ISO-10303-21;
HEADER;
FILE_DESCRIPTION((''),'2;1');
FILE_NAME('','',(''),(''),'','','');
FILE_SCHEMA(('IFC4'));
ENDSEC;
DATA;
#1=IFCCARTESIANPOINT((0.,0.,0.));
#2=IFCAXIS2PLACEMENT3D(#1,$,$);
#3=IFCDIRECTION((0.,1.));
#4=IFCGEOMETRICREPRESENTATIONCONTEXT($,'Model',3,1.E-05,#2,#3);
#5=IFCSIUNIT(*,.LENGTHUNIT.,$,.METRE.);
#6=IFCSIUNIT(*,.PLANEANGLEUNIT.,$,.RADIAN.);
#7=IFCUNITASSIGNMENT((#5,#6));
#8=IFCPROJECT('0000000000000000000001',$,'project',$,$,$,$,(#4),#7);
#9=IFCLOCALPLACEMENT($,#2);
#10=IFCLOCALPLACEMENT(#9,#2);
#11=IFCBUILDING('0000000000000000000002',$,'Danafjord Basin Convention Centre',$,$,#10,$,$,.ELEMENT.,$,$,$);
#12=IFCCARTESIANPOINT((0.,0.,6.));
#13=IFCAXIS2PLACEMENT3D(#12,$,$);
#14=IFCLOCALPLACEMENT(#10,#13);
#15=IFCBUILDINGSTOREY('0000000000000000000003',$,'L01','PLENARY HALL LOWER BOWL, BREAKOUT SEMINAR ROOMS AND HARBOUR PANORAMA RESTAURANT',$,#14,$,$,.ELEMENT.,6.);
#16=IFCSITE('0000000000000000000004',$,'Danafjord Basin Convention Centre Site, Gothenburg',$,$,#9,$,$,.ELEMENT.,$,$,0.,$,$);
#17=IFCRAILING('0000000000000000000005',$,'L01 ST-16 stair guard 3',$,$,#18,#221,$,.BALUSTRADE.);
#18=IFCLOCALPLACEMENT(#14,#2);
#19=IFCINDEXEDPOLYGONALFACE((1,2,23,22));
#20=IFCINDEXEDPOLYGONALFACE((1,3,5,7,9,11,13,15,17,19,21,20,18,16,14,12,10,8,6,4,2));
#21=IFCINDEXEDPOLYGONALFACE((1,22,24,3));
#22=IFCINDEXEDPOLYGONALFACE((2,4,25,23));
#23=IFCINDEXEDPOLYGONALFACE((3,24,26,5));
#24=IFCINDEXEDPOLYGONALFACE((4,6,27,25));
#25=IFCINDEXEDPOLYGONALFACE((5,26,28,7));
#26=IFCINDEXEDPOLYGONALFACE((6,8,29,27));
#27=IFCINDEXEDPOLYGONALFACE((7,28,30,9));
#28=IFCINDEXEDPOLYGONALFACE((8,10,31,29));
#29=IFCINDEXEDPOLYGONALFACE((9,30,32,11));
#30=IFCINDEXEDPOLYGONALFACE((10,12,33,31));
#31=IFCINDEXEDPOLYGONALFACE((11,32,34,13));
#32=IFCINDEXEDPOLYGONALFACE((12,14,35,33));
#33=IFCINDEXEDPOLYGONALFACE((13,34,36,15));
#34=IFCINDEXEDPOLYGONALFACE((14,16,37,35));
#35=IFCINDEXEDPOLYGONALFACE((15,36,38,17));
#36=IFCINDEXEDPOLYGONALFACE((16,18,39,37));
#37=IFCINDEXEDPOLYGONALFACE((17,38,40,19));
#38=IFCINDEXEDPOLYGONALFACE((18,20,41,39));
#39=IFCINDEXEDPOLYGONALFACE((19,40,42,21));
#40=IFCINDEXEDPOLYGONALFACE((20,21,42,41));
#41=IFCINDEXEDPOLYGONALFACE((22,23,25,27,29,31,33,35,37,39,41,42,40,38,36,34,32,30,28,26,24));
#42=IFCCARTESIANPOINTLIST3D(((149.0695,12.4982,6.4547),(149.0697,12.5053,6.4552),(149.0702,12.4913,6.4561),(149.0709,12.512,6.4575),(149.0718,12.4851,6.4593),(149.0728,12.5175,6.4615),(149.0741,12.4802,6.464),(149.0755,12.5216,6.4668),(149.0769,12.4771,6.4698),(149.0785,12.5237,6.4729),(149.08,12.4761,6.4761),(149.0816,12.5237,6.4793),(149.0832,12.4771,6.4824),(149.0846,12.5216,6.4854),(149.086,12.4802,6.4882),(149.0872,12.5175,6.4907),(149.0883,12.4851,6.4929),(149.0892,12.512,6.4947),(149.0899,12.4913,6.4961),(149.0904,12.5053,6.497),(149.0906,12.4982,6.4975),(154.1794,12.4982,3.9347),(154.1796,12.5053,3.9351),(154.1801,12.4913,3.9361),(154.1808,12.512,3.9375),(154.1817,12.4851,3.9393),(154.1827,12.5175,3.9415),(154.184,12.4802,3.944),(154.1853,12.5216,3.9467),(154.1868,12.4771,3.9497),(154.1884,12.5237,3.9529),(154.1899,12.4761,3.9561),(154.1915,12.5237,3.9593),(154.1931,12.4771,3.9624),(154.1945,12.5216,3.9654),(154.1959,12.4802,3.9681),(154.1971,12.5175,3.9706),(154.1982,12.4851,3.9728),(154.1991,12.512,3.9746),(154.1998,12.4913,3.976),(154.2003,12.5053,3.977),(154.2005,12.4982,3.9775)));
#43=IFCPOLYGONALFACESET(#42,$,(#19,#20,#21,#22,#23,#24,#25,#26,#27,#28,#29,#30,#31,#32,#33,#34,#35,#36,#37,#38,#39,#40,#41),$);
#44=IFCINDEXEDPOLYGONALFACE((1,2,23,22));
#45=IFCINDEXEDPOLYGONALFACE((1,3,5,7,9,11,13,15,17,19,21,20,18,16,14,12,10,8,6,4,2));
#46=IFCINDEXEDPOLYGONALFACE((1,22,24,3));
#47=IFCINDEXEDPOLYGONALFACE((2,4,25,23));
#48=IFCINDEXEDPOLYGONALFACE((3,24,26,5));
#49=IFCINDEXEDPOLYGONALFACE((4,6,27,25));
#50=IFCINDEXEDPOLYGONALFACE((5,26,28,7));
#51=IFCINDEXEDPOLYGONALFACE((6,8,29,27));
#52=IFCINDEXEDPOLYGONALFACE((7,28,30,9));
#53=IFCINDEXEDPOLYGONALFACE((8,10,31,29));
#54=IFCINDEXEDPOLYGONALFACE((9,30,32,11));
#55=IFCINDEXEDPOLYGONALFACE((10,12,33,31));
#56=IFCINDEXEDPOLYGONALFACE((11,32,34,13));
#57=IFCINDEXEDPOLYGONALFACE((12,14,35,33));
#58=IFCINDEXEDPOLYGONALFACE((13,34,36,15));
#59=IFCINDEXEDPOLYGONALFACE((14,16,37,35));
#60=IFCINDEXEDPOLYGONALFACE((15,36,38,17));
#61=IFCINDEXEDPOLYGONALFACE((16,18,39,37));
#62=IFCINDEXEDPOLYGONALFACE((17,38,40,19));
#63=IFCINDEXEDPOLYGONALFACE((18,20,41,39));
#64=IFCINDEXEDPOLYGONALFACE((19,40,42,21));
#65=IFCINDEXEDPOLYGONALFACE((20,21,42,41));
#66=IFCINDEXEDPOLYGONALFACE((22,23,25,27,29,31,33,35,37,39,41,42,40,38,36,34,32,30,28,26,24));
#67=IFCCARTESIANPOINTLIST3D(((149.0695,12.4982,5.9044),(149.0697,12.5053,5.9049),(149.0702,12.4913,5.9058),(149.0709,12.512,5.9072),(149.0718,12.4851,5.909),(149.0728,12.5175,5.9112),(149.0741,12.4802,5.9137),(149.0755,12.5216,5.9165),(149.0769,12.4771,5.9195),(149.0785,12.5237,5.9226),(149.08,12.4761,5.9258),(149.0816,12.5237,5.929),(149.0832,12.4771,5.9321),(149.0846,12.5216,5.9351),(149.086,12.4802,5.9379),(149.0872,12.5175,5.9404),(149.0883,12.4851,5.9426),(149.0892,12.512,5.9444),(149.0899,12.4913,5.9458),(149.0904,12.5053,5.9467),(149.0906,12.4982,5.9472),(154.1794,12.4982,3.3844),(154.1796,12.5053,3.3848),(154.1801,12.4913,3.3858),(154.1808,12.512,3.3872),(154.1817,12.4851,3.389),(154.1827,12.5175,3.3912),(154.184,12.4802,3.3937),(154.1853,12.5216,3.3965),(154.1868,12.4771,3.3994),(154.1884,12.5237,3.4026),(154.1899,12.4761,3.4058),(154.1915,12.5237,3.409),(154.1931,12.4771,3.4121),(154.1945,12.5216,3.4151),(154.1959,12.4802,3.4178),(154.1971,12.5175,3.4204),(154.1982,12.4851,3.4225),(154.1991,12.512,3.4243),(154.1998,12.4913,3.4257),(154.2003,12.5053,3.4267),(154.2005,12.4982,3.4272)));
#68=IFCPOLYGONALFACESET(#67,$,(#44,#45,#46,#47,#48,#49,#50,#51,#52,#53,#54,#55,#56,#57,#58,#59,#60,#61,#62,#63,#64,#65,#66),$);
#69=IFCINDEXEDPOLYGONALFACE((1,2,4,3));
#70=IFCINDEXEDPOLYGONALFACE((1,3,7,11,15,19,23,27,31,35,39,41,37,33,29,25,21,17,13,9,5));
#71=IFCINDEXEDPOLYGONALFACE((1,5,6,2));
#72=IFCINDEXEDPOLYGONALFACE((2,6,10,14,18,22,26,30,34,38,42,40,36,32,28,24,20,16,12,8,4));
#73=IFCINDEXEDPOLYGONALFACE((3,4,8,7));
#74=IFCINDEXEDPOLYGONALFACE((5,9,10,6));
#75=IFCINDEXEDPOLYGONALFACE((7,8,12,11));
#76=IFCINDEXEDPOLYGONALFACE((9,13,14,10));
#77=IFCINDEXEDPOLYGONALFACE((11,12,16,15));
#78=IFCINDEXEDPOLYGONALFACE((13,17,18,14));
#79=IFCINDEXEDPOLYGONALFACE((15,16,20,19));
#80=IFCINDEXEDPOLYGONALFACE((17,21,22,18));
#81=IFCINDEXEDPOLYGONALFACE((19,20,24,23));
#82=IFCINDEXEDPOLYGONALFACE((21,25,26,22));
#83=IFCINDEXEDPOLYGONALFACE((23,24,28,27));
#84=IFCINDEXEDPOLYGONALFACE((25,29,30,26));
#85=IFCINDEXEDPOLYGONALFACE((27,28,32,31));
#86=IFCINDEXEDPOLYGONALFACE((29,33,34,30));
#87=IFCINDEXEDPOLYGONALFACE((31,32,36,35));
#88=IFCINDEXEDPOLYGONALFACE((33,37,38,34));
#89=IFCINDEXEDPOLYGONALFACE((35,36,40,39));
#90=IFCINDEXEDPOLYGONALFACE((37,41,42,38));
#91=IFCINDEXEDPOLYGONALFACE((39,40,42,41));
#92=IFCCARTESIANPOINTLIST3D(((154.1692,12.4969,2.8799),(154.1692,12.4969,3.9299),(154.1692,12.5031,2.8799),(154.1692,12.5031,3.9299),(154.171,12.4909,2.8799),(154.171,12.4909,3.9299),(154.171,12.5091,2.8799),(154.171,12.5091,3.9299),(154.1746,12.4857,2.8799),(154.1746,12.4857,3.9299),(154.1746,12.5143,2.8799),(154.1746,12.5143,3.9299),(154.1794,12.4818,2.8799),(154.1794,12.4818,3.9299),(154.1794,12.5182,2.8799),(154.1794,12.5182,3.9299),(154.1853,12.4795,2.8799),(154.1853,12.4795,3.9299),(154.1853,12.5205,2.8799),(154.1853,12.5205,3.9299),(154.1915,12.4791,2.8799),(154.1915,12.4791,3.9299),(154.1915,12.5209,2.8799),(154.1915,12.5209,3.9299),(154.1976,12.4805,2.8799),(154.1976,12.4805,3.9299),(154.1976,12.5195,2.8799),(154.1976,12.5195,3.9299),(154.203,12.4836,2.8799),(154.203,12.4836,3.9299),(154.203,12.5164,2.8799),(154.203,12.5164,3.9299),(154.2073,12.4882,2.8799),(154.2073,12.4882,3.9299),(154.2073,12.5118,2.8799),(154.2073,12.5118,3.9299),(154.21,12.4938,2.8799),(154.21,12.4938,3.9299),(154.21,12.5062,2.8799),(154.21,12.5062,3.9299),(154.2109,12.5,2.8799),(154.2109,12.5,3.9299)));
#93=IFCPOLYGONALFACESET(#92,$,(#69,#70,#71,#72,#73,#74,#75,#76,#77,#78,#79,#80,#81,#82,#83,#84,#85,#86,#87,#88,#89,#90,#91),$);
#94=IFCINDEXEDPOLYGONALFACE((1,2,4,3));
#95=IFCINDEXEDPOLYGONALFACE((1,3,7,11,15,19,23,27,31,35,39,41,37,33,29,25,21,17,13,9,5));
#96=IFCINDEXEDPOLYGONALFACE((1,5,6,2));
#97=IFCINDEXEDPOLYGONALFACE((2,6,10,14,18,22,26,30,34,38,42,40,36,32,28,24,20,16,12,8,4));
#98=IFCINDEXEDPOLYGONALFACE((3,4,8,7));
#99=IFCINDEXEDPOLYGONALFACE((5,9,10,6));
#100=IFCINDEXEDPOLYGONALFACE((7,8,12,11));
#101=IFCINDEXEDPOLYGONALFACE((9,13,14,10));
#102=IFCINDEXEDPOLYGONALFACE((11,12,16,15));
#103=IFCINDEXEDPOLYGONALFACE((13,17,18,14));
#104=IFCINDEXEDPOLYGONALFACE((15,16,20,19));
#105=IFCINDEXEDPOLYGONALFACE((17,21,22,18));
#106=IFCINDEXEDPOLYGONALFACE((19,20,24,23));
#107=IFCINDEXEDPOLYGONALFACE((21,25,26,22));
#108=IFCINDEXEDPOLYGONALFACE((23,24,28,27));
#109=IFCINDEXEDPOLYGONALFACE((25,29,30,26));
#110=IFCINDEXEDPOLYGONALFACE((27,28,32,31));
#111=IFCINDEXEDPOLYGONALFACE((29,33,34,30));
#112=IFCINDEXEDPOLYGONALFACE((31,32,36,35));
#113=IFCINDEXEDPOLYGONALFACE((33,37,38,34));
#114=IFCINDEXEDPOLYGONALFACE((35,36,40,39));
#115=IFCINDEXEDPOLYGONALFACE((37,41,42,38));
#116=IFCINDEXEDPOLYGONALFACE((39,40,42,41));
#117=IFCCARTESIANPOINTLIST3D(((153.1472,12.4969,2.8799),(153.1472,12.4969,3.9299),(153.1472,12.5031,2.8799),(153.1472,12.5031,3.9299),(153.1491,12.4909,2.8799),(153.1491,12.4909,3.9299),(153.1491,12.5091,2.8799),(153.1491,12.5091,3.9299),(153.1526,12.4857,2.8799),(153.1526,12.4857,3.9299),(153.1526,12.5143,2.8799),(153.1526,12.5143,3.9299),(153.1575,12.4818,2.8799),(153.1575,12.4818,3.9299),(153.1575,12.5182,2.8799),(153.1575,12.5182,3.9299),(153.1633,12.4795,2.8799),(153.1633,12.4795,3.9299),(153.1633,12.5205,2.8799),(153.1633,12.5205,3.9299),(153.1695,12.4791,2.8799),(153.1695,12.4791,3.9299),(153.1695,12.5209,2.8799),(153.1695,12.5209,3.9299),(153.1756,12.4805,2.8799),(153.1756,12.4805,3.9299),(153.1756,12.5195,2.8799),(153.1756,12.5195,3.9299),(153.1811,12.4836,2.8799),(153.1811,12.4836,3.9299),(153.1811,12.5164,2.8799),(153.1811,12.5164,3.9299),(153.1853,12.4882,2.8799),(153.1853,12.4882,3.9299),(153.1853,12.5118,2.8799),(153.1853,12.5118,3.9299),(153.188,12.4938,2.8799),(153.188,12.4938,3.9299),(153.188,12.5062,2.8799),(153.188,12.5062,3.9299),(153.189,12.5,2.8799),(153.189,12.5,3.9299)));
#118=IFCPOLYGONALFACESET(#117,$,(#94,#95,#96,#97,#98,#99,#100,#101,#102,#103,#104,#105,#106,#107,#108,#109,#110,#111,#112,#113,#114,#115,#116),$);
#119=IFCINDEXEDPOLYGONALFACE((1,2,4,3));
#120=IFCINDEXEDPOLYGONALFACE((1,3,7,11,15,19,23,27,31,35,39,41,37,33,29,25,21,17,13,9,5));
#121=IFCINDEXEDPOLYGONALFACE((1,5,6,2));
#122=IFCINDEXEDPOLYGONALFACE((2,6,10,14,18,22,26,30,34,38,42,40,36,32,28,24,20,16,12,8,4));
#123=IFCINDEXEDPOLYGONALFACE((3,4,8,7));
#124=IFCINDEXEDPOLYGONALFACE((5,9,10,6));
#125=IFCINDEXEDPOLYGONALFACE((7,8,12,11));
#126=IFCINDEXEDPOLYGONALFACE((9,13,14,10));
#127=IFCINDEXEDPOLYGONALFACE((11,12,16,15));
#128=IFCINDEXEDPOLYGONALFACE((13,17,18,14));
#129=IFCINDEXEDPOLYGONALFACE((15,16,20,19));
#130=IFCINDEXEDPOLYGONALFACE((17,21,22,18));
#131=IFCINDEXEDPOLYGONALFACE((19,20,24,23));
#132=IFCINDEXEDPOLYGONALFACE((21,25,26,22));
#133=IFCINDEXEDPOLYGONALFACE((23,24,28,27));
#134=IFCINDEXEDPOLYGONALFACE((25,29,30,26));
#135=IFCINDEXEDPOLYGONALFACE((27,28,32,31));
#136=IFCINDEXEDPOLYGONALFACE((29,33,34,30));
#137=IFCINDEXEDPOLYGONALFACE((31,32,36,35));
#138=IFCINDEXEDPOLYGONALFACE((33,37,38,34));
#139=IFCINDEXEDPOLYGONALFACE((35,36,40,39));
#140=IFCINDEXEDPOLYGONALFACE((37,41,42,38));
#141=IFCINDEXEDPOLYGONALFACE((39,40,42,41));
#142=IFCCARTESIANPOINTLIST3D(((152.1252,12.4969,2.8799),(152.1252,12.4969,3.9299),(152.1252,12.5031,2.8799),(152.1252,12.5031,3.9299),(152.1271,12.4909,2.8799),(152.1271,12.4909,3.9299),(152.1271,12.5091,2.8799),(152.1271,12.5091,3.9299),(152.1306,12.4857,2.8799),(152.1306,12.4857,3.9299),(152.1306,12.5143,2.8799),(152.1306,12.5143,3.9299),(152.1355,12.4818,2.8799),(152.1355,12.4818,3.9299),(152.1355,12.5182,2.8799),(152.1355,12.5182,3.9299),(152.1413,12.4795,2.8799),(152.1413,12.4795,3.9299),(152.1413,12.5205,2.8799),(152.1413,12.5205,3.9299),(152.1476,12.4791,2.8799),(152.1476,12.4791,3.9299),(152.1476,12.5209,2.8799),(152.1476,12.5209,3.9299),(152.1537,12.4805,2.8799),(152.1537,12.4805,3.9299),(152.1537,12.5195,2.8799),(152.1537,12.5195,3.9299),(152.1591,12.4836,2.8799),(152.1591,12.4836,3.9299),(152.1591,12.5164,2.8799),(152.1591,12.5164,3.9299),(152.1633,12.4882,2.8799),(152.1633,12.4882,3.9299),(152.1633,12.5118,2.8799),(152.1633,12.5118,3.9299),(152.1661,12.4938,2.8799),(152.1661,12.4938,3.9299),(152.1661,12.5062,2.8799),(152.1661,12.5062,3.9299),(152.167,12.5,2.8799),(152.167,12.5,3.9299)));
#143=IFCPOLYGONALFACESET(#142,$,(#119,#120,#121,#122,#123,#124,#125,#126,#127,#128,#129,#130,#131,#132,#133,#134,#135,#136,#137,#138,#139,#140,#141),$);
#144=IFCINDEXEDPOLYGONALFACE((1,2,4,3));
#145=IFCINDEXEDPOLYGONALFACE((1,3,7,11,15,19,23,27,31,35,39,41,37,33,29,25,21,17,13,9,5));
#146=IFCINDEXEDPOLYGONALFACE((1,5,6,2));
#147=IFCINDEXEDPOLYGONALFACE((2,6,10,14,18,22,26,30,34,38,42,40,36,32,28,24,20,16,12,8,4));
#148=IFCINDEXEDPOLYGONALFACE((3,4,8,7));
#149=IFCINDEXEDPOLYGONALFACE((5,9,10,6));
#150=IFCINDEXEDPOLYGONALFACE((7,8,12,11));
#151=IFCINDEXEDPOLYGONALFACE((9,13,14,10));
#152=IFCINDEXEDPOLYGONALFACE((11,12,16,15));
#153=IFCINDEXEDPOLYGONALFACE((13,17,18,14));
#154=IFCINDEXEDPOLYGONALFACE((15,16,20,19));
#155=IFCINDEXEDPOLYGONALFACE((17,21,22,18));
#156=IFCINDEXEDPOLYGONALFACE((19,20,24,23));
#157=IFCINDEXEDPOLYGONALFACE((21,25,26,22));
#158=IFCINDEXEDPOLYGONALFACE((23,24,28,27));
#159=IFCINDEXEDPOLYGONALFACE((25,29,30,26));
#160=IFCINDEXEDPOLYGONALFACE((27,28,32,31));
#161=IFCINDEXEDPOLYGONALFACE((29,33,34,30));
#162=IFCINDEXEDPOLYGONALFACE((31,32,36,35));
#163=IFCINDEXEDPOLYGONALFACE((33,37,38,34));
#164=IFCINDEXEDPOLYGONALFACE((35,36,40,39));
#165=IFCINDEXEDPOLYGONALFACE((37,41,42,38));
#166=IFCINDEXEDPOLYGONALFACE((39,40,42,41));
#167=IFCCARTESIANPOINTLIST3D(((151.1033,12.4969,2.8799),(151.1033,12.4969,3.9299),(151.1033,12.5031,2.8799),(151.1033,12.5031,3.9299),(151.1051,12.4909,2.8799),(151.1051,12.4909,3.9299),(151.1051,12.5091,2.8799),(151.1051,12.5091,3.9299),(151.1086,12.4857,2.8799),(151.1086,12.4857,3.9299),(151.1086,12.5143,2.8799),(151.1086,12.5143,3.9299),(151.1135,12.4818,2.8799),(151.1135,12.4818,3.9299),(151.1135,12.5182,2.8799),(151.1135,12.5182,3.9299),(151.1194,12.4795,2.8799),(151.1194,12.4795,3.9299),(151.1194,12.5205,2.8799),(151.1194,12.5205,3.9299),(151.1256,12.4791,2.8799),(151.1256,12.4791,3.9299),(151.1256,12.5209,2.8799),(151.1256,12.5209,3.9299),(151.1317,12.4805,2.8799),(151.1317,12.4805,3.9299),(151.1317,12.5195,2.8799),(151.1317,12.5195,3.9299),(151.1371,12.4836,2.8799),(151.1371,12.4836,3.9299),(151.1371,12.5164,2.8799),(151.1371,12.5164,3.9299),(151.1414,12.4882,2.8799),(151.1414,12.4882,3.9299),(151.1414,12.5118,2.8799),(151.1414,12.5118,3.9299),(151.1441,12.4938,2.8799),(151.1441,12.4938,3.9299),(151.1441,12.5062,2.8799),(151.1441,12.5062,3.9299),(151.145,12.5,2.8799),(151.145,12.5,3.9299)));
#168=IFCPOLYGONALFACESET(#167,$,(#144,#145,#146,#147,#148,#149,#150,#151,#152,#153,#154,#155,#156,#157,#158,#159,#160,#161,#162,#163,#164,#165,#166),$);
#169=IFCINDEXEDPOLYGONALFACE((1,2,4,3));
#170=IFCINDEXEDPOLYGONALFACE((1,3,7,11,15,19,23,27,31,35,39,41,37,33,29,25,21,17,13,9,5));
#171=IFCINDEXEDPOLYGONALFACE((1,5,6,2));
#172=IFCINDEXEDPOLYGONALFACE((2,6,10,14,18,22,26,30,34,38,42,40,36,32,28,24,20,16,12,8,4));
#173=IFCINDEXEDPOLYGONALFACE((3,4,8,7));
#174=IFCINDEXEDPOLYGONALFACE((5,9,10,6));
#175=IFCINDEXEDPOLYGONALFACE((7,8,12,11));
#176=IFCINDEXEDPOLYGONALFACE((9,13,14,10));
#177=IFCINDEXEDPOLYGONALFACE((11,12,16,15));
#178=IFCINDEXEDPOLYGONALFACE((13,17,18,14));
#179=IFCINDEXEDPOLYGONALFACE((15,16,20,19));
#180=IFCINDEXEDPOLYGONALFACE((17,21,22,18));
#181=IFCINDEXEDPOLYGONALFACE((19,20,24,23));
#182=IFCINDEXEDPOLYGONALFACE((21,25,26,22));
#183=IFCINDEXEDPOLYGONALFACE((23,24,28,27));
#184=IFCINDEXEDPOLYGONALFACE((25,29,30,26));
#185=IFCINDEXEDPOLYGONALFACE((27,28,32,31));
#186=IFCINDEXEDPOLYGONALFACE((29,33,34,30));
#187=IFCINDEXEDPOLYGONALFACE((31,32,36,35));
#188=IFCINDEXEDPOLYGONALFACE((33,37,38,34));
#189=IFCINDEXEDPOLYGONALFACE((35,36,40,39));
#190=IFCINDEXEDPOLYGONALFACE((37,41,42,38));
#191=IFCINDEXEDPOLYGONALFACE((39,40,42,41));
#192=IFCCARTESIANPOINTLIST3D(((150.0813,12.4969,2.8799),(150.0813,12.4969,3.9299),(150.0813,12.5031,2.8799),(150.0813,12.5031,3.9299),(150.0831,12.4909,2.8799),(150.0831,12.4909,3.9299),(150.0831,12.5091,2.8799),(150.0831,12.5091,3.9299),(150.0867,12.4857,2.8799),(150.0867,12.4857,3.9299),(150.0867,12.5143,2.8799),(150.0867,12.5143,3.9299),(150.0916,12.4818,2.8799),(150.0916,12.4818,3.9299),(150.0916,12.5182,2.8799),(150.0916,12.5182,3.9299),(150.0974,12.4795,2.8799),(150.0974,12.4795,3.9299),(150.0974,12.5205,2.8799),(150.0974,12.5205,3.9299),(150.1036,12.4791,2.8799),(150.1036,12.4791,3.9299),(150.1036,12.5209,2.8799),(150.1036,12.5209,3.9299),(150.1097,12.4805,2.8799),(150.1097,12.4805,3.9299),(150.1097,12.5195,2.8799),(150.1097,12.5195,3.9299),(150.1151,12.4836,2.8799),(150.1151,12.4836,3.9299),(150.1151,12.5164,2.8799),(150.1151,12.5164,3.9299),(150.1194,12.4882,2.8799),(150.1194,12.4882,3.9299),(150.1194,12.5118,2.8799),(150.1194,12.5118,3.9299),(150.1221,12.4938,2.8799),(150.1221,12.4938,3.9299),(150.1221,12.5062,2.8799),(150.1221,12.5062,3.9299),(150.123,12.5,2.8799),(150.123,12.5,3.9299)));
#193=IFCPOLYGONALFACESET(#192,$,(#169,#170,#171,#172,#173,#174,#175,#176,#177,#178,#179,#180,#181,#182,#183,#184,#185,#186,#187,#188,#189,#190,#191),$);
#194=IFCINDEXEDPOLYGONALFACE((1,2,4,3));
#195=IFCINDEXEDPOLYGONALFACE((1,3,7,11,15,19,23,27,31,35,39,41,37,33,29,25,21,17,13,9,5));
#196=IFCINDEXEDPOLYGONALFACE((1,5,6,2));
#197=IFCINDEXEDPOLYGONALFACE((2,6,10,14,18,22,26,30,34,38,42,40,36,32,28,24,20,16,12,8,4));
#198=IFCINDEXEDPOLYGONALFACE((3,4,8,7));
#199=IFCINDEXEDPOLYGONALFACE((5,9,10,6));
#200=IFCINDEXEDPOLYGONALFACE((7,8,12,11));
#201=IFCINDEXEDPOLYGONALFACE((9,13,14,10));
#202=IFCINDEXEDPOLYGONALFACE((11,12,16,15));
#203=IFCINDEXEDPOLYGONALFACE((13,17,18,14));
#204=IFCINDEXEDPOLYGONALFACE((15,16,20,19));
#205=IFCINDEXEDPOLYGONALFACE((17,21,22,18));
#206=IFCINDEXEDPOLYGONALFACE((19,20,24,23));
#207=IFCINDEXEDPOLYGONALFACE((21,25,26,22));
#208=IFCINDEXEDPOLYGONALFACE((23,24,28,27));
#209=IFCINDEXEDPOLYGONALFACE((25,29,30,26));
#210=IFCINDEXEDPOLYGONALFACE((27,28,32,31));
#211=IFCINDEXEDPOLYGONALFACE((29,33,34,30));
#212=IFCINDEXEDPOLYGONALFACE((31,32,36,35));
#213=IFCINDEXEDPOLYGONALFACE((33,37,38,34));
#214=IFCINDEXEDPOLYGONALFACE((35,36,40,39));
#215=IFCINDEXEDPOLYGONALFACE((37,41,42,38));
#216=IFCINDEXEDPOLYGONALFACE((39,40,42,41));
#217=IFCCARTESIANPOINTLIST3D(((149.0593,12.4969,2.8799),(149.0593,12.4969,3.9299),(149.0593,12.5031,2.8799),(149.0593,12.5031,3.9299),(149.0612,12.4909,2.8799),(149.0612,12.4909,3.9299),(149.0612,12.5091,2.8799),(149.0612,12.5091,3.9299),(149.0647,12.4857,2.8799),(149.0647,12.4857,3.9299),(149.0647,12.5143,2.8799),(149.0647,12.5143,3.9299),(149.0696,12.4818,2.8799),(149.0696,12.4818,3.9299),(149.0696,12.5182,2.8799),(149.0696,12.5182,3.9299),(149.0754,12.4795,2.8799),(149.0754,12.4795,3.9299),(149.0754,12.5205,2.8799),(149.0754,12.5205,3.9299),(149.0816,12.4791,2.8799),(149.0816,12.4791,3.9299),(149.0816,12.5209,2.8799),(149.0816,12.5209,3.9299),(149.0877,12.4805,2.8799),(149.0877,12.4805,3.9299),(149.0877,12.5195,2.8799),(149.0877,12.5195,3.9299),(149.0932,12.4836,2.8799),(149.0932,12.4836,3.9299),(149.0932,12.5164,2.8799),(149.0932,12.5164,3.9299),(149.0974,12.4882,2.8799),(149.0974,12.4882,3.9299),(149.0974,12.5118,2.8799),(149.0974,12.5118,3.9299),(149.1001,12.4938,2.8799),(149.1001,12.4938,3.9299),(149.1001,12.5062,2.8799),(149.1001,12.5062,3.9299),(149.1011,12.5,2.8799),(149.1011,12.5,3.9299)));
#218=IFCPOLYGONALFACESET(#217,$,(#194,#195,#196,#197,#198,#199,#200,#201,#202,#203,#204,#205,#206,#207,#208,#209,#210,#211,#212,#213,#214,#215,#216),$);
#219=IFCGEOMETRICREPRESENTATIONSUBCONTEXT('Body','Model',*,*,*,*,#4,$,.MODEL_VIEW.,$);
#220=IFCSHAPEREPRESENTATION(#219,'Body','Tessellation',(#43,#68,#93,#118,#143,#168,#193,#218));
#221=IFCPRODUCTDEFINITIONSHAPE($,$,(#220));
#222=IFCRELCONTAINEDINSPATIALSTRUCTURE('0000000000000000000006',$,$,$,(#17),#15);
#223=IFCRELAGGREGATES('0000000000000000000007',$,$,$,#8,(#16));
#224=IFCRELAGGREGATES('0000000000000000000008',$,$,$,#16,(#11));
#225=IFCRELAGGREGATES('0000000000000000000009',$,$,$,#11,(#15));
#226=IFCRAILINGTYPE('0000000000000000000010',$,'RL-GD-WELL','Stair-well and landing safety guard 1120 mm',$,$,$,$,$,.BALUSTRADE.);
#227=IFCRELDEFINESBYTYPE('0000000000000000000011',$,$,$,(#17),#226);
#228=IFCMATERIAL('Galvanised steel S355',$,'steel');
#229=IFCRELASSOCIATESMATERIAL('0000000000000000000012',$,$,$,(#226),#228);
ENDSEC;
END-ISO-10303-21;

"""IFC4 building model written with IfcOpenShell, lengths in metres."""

from ifc_helpers import new_model, si_unit, direction, frame, origin, origin_2d, place, context, subcontext, project, spatial, circle, extrude, material, type_object, element, save


model = new_model("IFC4")

# Units and contexts
model_context = context("Model", 3, precision=1e-05, world=origin(), true_north=direction((0.0, 1.0)))
body_context = subcontext(model_context, "Body", "Model", "MODEL_VIEW")
ifc_project = project(units=[si_unit("LENGTHUNIT", "METRE"), si_unit("PLANEANGLEUNIT", "RADIAN")], contexts=[model_context])

# Site, building, storey
site_placement = place(None, origin())
site = spatial("IfcSite", under=ifc_project, at=site_placement, Name="Danafjord Basin Convention Centre Site, Gothenburg", CompositionType="ELEMENT", RefElevation=0.0)
building_placement = place(site_placement, origin())
building = spatial("IfcBuilding", under=site, at=building_placement, Name="Danafjord Basin Convention Centre", CompositionType="ELEMENT")
storey_placement = place(building_placement, frame((0.0, 0.0, 6.0)))
storey = spatial("IfcBuildingStorey", under=building, at=storey_placement, Name="L01", Description="PLENARY HALL LOWER BOWL, BREAKOUT SEMINAR ROOMS AND HARBOUR PANORAMA RESTAURANT", CompositionType="ELEMENT", Elevation=6.0)

# Railing
ifc_material_1 = material(Name="Galvanised steel S355", Category="steel")
railing_type_1 = type_object("IfcRailingType", Name="RL-GD-WELL", Description="Stair-well and landing safety guard 1120 mm", PredefinedType="BALUSTRADE", material=ifc_material_1)
railing_1_placement = place(storey_placement, frame((154.1899, 12.5, 2.8799)))
element("IfcRailing", 1, at=railing_1_placement, inside=storey, type_object=railing_type_1, Name="L01 ST-16 stair guard 3", PredefinedType="BALUSTRADE", context=body_context, shape_type="SweptSolid", body=[
    extrude(circle(Radius=0.0239, at=origin_2d()), frame((0.0, 0.0, 1.0762), z_axis=(-0.896865, 0.0, 0.442305), x_axis=(0.0, -1.0, 0.0)), (0.0, 0.0, 1.0), 5.6975),
    extrude(circle(Radius=0.0239, at=origin_2d()), frame((0.0, 0.0, 0.5259), z_axis=(-0.896865, 0.0, 0.442305), x_axis=(0.0, -1.0, 0.0)), (0.0, 0.0, 1.0), 5.6975),
    extrude(circle(Radius=0.021, at=origin_2d()), origin(), (0.0, 0.0, 1.0), 1.05),
    extrude(circle(Radius=0.021, at=origin_2d()), frame((-1.022, 0.0, 0.0)), (0.0, 0.0, 1.0), 1.05),
    extrude(circle(Radius=0.021, at=origin_2d()), frame((-2.0439, 0.0, 0.0)), (0.0, 0.0, 1.0), 1.05),
    extrude(circle(Radius=0.021, at=origin_2d()), frame((-3.0659, 0.0, 0.0)), (0.0, 0.0, 1.0), 1.05),
    extrude(circle(Radius=0.021, at=origin_2d()), frame((-4.0879, 0.0, 0.0)), (0.0, 0.0, 1.0), 1.05),
    extrude(circle(Radius=0.021, at=origin_2d()), frame((-5.1099, 0.0, 0.0)), (0.0, 0.0, 1.0), 1.05),
])

save(model, "model.ifc")
